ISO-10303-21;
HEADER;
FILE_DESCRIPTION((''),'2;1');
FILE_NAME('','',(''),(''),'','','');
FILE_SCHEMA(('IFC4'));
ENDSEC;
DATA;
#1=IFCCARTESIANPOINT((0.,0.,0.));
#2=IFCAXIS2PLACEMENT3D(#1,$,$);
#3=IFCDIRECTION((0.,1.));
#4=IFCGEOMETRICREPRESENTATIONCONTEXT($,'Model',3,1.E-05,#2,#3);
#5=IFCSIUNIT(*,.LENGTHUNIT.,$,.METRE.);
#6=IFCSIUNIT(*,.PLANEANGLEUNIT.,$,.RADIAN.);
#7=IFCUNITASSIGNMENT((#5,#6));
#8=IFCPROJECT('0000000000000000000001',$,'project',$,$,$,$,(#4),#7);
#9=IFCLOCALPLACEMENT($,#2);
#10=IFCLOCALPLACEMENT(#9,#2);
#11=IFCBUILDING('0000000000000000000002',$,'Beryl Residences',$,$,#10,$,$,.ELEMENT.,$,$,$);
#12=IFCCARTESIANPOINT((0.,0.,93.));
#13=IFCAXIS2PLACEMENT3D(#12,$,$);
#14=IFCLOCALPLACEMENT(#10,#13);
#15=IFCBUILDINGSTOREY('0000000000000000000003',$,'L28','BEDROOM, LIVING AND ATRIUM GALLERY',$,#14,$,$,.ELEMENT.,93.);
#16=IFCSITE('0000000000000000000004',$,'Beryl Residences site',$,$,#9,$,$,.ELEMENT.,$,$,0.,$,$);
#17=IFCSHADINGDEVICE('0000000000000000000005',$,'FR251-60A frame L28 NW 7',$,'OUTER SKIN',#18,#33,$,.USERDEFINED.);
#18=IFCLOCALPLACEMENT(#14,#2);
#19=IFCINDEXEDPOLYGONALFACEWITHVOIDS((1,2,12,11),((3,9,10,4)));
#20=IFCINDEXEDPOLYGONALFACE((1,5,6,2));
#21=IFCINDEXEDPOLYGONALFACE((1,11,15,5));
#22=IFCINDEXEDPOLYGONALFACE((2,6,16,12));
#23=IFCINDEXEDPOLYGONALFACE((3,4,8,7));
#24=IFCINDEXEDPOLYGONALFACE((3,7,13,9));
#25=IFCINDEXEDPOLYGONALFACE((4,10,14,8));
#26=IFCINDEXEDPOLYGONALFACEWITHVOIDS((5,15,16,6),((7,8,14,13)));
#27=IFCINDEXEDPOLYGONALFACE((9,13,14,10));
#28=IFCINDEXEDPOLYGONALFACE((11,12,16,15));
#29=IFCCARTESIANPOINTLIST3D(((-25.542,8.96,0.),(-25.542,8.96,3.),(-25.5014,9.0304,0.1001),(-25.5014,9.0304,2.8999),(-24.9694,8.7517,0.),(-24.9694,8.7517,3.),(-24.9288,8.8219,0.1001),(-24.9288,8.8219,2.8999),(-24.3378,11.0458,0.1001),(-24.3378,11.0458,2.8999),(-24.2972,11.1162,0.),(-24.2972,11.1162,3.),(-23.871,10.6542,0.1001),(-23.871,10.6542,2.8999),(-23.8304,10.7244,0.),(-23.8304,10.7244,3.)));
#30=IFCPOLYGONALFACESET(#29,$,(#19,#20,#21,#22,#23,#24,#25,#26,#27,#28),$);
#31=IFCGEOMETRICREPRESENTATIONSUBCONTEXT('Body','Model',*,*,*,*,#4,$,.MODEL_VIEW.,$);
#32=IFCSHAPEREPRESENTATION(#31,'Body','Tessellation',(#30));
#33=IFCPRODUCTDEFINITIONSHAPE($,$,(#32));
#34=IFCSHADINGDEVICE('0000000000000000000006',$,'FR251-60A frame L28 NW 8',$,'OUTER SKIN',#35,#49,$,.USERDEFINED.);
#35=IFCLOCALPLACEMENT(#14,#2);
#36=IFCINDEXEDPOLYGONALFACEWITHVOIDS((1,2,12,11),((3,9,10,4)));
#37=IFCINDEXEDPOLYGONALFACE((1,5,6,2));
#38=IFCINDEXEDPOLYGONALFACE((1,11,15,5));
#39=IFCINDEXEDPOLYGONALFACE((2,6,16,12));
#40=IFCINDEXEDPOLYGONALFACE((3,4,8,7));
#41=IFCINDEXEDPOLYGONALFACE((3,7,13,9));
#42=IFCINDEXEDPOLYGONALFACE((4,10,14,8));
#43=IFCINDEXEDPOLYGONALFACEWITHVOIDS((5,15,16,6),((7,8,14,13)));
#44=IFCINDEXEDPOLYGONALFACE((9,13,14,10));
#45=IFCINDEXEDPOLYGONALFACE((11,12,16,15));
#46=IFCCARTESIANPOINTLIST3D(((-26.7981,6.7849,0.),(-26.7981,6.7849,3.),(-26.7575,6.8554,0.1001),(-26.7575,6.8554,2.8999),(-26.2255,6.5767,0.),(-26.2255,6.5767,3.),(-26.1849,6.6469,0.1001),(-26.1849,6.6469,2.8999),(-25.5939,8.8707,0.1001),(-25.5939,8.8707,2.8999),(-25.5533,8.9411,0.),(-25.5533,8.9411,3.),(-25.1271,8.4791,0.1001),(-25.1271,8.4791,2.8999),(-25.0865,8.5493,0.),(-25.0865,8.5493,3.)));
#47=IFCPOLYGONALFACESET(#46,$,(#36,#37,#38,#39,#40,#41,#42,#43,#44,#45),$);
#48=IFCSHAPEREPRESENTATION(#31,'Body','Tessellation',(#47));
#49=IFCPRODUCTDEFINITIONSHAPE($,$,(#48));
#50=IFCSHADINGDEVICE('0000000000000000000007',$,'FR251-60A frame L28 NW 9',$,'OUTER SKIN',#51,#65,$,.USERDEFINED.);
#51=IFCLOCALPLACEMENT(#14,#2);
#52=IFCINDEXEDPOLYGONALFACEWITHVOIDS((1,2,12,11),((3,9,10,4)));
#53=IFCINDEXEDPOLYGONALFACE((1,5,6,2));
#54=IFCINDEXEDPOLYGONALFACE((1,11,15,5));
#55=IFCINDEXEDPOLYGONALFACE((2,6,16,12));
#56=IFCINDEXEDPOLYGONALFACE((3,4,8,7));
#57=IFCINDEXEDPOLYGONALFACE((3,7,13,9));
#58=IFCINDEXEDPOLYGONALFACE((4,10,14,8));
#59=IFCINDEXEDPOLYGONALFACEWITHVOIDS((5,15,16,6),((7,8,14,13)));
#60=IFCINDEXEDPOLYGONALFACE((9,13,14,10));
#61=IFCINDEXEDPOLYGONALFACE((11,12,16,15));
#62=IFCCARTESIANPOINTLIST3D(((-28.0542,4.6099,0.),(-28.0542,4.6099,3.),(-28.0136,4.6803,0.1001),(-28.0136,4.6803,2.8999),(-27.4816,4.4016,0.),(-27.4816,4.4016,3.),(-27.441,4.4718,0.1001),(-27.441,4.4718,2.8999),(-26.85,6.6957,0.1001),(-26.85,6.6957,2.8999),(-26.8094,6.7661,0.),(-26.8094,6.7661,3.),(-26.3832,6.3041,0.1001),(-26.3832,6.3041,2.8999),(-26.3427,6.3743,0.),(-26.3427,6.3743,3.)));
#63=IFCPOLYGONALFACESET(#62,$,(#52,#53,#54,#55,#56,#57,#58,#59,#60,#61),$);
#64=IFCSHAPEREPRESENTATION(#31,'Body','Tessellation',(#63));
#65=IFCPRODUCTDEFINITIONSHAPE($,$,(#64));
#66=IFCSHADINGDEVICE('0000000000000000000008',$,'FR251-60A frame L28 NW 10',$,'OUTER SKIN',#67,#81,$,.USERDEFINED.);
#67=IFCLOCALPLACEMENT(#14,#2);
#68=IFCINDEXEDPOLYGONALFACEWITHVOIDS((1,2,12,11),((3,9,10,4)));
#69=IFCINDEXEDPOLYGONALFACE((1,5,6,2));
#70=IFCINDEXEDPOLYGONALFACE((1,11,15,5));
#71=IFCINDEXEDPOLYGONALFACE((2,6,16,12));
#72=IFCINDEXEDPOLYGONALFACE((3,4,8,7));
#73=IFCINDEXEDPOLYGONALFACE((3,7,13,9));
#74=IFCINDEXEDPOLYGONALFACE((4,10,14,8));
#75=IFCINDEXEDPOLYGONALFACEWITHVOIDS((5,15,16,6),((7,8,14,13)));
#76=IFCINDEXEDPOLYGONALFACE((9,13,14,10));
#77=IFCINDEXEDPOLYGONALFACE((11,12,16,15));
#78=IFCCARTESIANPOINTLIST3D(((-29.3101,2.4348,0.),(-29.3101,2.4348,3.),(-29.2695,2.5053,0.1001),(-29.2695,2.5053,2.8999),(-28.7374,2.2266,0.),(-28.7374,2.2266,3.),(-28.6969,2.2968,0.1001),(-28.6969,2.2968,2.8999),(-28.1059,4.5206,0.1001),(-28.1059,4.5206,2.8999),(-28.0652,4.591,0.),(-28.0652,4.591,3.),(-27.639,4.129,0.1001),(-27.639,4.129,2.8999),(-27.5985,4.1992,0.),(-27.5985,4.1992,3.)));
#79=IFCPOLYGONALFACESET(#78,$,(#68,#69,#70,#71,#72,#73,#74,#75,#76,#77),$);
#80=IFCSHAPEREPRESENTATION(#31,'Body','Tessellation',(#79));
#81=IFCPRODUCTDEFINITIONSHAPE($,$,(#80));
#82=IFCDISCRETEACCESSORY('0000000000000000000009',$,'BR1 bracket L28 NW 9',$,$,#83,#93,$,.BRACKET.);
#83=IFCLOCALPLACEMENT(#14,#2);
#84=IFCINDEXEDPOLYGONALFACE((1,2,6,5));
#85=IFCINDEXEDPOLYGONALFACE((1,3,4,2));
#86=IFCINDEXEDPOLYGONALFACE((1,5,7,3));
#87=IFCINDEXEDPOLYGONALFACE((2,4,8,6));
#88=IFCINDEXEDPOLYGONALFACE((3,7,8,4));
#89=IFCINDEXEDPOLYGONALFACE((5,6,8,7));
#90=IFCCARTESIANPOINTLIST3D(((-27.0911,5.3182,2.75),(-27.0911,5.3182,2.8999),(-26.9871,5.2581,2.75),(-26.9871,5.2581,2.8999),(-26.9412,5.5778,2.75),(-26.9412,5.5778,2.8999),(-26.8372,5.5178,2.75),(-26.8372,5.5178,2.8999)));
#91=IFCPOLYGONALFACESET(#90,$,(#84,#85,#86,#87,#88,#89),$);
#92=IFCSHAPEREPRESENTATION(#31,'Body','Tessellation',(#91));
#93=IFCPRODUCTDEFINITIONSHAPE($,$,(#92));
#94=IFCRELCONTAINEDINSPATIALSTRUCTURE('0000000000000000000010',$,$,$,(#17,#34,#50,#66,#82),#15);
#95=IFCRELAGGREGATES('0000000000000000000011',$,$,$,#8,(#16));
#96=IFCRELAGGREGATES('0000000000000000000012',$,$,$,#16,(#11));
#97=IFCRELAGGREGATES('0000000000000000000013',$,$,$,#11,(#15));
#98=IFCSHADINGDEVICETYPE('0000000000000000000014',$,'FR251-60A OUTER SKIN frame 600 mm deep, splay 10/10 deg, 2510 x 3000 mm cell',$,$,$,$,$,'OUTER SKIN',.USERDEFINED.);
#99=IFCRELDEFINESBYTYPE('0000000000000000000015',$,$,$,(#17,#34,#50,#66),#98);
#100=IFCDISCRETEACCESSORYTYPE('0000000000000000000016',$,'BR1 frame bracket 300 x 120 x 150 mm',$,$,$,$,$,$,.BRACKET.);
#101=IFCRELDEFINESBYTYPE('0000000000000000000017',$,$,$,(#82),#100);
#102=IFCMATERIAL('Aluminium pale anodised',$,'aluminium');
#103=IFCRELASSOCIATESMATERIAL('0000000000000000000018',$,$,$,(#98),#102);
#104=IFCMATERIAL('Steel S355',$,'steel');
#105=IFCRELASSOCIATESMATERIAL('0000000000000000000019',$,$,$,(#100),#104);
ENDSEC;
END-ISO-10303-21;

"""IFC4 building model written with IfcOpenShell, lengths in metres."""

from ifc_helpers import new_model, entity, si_unit, direction, frame, origin, place, context, subcontext, project, spatial, polyline, outline, extrude, source, transform, mapped, material, type_object, type_shapes, element, save


model = new_model("IFC4")

# Units and contexts
model_context = context("Model", 3, precision=1e-05, world=origin(), true_north=direction((0.0, 1.0)))
body_context = subcontext(model_context, "Body", "Model", "MODEL_VIEW")
ifc_project = project(units=[si_unit("LENGTHUNIT", "METRE"), si_unit("PLANEANGLEUNIT", "RADIAN")], contexts=[model_context])

# Site, building, storey
site_placement = place(None, origin())
site = spatial("IfcSite", under=ifc_project, at=site_placement, Name="Beryl Residences site", CompositionType="ELEMENT", RefElevation=0.0)
building_placement = place(site_placement, origin())
building = spatial("IfcBuilding", under=site, at=building_placement, Name="Beryl Residences", CompositionType="ELEMENT")
storey_placement = place(building_placement, frame((0.0, 0.0, 93.0)))
storey = spatial("IfcBuildingStorey", under=building, at=storey_placement, Name="L28", Description="BEDROOM, LIVING AND ATRIUM GALLERY", CompositionType="ELEMENT", Elevation=93.0)

# Shading devices
ifc_material_1 = material(Name="Aluminium pale anodised", Category="aluminium")
shading_device_type = type_object("IfcShadingDeviceType", Name="FR251-60A OUTER SKIN frame 600 mm deep, splay 10/10 deg, 2510 x 3000 mm cell", ElementType="OUTER SKIN", PredefinedType="USERDEFINED", material=ifc_material_1)
cartesian_point_1 = entity("IfcCartesianPoint", [-1.1389, 0.0])
cartesian_point_2 = entity("IfcCartesianPoint", [-1.0579, 0.1001])
cartesian_point_3 = entity("IfcCartesianPoint", [-1.2449, 0.0])
cartesian_point_4 = entity("IfcCartesianPoint", [-1.1636, 0.1001])
shared_shape_1 = source(origin(), body_context, "Body", "SweptSolid", [
    entity("IfcExtrudedAreaSolidTapered", entity("IfcArbitraryProfileDefWithVoids", "AREA", None, entity("IfcPolyline", [cartesian_point_1, entity("IfcCartesianPoint", [1.1389, 0.0]), entity("IfcCartesianPoint", [1.1389, 3.0]), entity("IfcCartesianPoint", [-1.1389, 3.0]), cartesian_point_1]), [entity("IfcPolyline", [cartesian_point_2, entity("IfcCartesianPoint", [1.0579, 0.1001]), entity("IfcCartesianPoint", [1.0579, 2.8999]), entity("IfcCartesianPoint", [-1.0579, 2.8999]), cartesian_point_2])]), entity("IfcAxis2Placement3D", entity("IfcCartesianPoint", [0.0, 0.0, 0.0]), entity("IfcDirection", [0.0, 1.0, 0.0]), entity("IfcDirection", [-1.0, 0.0, 0.0])), entity("IfcDirection", [0.0, 0.0, 1.0]), 0.6001, entity("IfcArbitraryProfileDefWithVoids", "AREA", None, entity("IfcPolyline", [cartesian_point_3, entity("IfcCartesianPoint", [1.2449, 0.0]), entity("IfcCartesianPoint", [1.2449, 3.0]), entity("IfcCartesianPoint", [-1.2449, 3.0]), cartesian_point_3]), [entity("IfcPolyline", [cartesian_point_4, entity("IfcCartesianPoint", [1.1636, 0.1001]), entity("IfcCartesianPoint", [1.1636, 2.8999]), entity("IfcCartesianPoint", [-1.1636, 2.8999]), cartesian_point_4])])),
])
type_shapes(shading_device_type, [shared_shape_1])
for number, where, z_axis, x_axis, name in (
    (1, (-24.3999, 9.738, 0.0), (0.0, 0.0, 1.0), (0.5, 0.866025, 0.0), "FR251-60A frame L28 NW 7"),
    (2, (-25.656, 7.563, 0.0), (0.0, 0.0, 1.0), (0.5, 0.866025, 0.0), "FR251-60A frame L28 NW 8"),
    (3, (-26.9121, 5.3879, 0.0), (0.0, 0.0, 1.0), (0.5, 0.866025, 0.0), "FR251-60A frame L28 NW 9"),
    (4, (-28.168, 3.2129, 0.0), (0.0, 0.0, 1.0), (0.5, 0.866025, 0.0), "FR251-60A frame L28 NW 10"),
):
    element("IfcShadingDevice", number, at=place(storey_placement, frame(where, z_axis=z_axis, x_axis=x_axis)), inside=storey, type_object=shading_device_type, Name=name, ObjectType="OUTER SKIN", PredefinedType="USERDEFINED", context=body_context, shape_type="MappedRepresentation", body=[
        mapped(shared_shape_1, transform((0.0, 0.0, 0.0))),
    ])

# Discrete accessory
ifc_material_2 = material(Name="Steel S355", Category="steel")
discrete_accessory_type = type_object("IfcDiscreteAccessoryType", Name="BR1 frame bracket 300 x 120 x 150 mm", PredefinedType="BRACKET", material=ifc_material_2)
shared_shape_2 = source(origin(), body_context, "Body", "SweptSolid", [
    extrude(outline(polyline([(-0.1499, 0.0), (0.1499, 0.0), (0.1499, 0.1201), (-0.1499, 0.1201), (-0.1499, 0.0)])), origin(), (0.0, 0.0, 1.0), 0.1499),
])
type_shapes(discrete_accessory_type, [shared_shape_2])
discrete_accessory_placement = place(storey_placement, frame((-26.9121, 5.3879, 2.75), z_axis=(0.0, 0.0, 1.0), x_axis=(0.5, 0.866025, 0.0)))
element("IfcDiscreteAccessory", 5, at=discrete_accessory_placement, inside=storey, type_object=discrete_accessory_type, Name="BR1 bracket L28 NW 9", PredefinedType="BRACKET", context=body_context, shape_type="MappedRepresentation", body=[
    mapped(shared_shape_2, transform((0.0, 0.0, 0.0))),
])

save(model, "model.ifc")
